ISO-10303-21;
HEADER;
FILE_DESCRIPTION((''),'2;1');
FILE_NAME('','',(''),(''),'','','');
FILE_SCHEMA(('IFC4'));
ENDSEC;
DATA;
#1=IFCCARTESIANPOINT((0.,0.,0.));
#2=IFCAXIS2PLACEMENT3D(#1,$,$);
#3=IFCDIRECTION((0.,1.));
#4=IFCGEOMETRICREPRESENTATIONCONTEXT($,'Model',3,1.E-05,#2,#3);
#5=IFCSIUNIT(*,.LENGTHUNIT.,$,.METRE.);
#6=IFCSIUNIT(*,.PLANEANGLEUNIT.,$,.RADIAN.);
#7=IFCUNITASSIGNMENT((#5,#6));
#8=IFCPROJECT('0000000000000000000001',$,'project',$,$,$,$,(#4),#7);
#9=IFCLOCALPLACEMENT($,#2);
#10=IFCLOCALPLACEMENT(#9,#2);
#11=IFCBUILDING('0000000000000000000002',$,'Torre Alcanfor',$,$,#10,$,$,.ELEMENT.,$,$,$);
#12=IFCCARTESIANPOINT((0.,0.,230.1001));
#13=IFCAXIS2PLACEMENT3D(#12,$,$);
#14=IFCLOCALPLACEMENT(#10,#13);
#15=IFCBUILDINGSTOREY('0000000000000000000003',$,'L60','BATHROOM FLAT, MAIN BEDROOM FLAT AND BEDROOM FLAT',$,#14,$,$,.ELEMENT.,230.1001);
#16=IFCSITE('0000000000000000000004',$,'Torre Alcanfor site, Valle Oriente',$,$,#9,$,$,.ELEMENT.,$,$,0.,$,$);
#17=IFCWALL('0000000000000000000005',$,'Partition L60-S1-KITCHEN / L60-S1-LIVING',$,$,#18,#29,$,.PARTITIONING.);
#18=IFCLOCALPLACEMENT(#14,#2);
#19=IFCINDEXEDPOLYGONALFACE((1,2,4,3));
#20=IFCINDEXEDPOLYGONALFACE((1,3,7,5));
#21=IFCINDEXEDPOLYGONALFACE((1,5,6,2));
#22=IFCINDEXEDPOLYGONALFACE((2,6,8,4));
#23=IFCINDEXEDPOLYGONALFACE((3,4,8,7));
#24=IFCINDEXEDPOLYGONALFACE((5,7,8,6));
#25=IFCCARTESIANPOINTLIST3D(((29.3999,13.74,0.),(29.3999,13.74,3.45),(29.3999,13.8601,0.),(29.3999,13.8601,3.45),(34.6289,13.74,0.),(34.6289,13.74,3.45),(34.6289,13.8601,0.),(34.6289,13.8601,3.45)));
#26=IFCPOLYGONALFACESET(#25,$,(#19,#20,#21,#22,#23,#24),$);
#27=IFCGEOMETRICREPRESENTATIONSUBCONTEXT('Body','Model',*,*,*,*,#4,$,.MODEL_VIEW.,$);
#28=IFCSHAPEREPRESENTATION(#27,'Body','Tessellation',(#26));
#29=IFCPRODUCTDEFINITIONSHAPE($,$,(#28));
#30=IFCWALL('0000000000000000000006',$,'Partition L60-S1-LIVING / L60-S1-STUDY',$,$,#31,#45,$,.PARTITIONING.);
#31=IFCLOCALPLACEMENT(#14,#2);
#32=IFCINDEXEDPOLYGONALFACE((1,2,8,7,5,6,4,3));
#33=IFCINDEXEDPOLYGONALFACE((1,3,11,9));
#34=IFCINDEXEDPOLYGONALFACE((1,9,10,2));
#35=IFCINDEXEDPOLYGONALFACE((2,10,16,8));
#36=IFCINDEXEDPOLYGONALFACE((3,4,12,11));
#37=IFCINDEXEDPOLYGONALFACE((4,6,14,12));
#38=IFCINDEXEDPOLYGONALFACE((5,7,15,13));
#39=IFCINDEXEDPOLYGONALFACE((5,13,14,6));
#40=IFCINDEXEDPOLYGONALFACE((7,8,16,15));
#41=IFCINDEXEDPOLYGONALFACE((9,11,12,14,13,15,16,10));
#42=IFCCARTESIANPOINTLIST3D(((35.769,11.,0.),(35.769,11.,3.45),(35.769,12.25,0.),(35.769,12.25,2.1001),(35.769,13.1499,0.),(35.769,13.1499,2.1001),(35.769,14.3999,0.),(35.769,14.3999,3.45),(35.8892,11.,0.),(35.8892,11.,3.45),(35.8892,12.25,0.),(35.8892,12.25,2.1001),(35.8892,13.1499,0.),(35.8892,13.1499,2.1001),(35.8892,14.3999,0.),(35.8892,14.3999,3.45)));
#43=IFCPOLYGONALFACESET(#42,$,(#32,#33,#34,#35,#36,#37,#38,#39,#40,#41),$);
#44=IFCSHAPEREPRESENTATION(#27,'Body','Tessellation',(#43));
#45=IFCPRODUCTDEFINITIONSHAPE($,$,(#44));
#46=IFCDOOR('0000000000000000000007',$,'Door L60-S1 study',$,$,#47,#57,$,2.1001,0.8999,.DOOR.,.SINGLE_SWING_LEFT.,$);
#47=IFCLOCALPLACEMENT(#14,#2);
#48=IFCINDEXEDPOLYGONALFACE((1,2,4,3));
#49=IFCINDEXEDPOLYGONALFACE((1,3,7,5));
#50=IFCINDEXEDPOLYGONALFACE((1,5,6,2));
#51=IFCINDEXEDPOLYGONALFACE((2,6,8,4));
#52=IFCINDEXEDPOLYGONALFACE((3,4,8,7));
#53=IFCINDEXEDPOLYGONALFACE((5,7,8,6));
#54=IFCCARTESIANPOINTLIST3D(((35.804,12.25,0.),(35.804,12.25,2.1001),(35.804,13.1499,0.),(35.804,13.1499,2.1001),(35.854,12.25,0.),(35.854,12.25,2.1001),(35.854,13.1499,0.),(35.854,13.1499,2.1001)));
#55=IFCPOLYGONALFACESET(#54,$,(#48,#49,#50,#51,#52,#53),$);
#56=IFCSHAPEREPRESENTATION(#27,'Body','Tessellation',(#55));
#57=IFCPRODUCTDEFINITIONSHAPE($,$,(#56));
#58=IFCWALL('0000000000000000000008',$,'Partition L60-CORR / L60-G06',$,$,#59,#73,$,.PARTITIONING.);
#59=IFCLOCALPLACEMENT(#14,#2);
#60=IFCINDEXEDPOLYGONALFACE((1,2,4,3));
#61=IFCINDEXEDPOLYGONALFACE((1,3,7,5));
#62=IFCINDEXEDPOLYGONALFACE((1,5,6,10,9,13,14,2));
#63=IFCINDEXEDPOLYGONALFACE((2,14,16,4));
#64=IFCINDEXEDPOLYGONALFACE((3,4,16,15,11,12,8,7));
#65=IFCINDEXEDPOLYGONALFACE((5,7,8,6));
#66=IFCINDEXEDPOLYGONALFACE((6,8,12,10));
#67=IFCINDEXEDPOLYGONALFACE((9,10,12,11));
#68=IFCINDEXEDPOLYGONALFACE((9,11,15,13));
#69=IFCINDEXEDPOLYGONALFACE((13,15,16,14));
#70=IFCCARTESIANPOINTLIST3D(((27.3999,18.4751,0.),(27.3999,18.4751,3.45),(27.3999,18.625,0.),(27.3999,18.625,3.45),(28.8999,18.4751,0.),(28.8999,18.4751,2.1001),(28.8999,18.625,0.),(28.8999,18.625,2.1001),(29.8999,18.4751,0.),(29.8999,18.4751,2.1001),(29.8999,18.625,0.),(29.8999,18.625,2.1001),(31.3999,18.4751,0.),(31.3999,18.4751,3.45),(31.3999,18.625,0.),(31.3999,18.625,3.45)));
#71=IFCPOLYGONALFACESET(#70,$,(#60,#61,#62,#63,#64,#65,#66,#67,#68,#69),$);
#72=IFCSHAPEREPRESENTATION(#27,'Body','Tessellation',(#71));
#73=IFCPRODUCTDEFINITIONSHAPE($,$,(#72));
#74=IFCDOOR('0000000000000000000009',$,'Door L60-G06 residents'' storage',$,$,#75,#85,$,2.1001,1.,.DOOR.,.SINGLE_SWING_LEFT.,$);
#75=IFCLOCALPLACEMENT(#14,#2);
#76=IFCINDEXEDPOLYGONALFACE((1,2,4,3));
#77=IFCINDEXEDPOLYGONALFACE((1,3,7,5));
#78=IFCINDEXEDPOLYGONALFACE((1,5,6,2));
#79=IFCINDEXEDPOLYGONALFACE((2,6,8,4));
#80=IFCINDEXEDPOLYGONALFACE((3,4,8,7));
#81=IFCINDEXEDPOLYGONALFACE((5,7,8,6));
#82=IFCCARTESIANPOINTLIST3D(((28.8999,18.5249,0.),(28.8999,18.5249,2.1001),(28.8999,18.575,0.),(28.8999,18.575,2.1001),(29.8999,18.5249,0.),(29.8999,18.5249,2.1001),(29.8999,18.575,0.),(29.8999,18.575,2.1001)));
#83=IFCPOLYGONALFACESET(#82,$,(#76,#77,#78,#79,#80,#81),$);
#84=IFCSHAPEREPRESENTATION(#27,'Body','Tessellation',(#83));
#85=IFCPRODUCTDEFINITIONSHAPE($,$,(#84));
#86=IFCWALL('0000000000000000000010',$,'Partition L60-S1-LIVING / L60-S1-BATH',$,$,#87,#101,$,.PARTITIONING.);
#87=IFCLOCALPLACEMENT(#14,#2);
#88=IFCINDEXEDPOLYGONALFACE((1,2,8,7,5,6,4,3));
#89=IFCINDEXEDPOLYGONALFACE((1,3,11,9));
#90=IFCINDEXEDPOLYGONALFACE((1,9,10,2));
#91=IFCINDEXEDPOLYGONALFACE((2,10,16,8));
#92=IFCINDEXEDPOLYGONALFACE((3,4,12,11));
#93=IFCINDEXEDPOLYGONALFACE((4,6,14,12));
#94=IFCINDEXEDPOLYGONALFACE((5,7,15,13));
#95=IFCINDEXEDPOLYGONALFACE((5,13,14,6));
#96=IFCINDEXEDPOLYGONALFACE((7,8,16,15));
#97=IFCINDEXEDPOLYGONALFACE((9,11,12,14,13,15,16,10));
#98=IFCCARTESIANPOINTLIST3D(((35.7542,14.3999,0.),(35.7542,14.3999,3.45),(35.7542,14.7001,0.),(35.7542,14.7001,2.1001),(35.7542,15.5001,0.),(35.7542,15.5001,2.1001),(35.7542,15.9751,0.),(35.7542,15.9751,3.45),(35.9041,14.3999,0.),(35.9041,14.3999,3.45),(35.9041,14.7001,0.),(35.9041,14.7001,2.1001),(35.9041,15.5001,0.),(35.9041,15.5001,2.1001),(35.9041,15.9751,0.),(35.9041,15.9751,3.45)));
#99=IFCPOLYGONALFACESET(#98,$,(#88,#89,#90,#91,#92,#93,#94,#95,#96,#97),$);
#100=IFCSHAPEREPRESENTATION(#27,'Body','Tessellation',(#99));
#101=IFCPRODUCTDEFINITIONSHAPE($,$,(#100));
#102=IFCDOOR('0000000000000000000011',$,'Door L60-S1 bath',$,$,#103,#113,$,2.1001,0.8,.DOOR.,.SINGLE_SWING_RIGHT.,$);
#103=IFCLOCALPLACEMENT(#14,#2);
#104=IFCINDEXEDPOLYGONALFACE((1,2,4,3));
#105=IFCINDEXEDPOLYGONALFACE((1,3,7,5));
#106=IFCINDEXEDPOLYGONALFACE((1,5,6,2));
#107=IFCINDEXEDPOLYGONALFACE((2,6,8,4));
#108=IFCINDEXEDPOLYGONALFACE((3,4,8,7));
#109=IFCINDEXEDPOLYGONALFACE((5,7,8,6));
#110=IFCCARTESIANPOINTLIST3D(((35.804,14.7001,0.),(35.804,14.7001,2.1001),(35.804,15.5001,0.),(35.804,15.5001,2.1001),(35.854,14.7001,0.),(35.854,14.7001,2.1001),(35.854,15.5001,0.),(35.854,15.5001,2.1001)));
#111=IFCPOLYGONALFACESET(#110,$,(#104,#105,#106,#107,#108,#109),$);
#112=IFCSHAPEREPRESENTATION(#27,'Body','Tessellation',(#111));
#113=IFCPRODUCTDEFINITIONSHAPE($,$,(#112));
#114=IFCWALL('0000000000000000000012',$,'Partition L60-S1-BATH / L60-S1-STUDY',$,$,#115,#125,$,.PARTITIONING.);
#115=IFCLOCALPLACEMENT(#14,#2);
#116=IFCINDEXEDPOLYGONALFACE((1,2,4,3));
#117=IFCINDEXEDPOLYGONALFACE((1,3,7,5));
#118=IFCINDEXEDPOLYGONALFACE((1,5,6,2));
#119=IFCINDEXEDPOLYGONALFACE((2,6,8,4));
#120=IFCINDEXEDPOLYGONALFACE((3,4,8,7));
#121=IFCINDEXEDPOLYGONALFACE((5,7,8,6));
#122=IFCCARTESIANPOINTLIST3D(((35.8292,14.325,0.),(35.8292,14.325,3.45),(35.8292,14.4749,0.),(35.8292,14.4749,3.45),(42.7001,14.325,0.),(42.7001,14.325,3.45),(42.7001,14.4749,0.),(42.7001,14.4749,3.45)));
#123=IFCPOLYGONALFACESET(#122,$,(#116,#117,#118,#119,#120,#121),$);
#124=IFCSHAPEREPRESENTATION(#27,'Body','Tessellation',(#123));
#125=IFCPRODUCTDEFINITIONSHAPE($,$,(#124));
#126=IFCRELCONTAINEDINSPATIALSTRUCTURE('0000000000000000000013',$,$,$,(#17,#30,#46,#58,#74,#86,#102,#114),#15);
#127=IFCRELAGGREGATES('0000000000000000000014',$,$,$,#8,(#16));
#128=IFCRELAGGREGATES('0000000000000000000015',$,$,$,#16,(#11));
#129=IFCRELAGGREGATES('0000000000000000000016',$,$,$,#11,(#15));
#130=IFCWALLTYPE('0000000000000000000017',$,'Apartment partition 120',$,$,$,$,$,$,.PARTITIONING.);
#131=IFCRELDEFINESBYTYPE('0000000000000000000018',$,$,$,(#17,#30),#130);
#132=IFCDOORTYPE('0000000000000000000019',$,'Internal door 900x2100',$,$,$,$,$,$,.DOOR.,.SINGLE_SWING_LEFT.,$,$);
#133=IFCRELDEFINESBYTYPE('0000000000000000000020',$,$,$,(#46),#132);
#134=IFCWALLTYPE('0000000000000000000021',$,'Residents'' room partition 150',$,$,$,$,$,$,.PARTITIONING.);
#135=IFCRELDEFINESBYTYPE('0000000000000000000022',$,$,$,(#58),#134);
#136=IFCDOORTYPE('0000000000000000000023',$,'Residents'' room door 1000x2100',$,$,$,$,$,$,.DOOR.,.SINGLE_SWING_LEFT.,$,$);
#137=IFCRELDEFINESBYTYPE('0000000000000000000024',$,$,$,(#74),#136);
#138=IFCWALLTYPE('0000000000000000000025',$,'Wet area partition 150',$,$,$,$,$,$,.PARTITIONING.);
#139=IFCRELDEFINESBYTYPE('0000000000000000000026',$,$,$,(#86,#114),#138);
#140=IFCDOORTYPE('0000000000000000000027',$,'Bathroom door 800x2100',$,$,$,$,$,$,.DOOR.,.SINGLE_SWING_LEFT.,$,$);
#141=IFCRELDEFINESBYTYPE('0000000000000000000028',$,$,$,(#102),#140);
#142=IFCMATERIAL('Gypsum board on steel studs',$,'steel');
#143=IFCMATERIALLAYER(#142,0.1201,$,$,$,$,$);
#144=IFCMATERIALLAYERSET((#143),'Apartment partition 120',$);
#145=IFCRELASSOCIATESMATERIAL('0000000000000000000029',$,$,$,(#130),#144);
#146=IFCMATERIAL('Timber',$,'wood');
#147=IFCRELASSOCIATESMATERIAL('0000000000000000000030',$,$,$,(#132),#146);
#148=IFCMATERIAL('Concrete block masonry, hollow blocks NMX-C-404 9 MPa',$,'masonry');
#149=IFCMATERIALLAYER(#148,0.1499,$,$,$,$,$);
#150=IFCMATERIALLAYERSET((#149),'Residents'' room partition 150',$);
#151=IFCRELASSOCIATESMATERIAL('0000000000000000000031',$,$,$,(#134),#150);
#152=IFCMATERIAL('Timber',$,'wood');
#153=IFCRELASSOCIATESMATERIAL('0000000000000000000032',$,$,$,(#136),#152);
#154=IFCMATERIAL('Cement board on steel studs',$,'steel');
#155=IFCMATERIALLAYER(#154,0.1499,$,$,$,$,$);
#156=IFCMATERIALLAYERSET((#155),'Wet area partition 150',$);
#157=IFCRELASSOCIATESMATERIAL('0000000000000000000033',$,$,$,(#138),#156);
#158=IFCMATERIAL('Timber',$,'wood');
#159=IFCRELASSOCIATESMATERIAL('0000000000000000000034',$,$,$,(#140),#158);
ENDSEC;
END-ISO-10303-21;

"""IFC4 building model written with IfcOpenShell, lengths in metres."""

from ifc_helpers import new_model, si_unit, direction, frame, frame_2d, origin, place, context, subcontext, project, spatial, rectangle, extrude, material, layer, layer_set, type_object, element, fill, save


model = new_model("IFC4")

# Units and contexts
model_context = context("Model", 3, precision=1e-05, world=origin(), true_north=direction((0.0, 1.0)))
body_context = subcontext(model_context, "Body", "Model", "MODEL_VIEW")
ifc_project = project(units=[si_unit("LENGTHUNIT", "METRE"), si_unit("PLANEANGLEUNIT", "RADIAN")], contexts=[model_context])

# Site, building, storey
site_placement = place(None, origin())
site = spatial("IfcSite", under=ifc_project, at=site_placement, Name="Torre Alcanfor site, Valle Oriente", CompositionType="ELEMENT", RefElevation=0.0)
building_placement = place(site_placement, origin())
building = spatial("IfcBuilding", under=site, at=building_placement, Name="Torre Alcanfor", CompositionType="ELEMENT")
storey_placement = place(building_placement, frame((0.0, 0.0, 230.1001)))
storey = spatial("IfcBuildingStorey", under=building, at=storey_placement, Name="L60", Description="BATHROOM FLAT, MAIN BEDROOM FLAT AND BEDROOM FLAT", CompositionType="ELEMENT", Elevation=230.1001)

# Wall
ifc_material_1 = material(Name="Gypsum board on steel studs", Category="steel")
ifc_layer_1 = layer(ifc_material_1, 0.1201)
ifc_layer_set_1 = layer_set([ifc_layer_1], Name="Apartment partition 120")
wall_type_1 = type_object("IfcWallType", Name="Apartment partition 120", PredefinedType="PARTITIONING", material=ifc_layer_set_1)
wall_1_placement = place(storey_placement, frame((34.6289, 13.8, 0.0), z_axis=(0.0, 0.0, 1.0), x_axis=(-1.0, 0.0, 0.0)))
element("IfcWall", 1, at=wall_1_placement, inside=storey, type_object=wall_type_1, Name="Partition L60-S1-KITCHEN / L60-S1-LIVING", PredefinedType="PARTITIONING", context=body_context, shape_type="SweptSolid", body=[
    extrude(rectangle(XDim=5.229, YDim=0.1201, at=frame_2d((2.6145, 0.0))), origin(), (0.0, 0.0, 1.0), 3.45),
])

# Walls, openings, doors
wall_2_placement = place(storey_placement, frame((35.8291, 14.3999, 0.0), z_axis=(0.0, 0.0, 1.0), x_axis=(0.0, -1.0, 0.0)))
wall_2 = element("IfcWall", 2, at=wall_2_placement, inside=storey, type_object=wall_type_1, Name="Partition L60-S1-LIVING / L60-S1-STUDY", PredefinedType="PARTITIONING", context=body_context, shape_type="SweptSolid", body=[
    extrude(rectangle(XDim=3.3999, YDim=0.1201, at=frame_2d((1.7, 0.0))), origin(), (0.0, 0.0, 1.0), 3.45),
])
opening_1_placement = place(wall_2_placement, frame((1.25, 0.0, 0.0)))
opening_1 = element("IfcOpeningElement", 3, at=opening_1_placement, cuts=wall_2, PredefinedType="OPENING", context=body_context, shape_type="SweptSolid", body=[
    extrude(rectangle(XDim=0.8999, YDim=2.1001, at=frame_2d((0.45, 1.05))), frame((0.0, 0.0701, 0.0), z_axis=(0.0, -1.0, 0.0), x_axis=(1.0, 0.0, 0.0)), (0.0, 0.0, 1.0), 0.1401),
])
ifc_material_2 = material(Name="Timber", Category="wood")
door_type_1 = type_object("IfcDoorType", Name="Internal door 900x2100", OperationType="SINGLE_SWING_LEFT", PredefinedType="DOOR", material=ifc_material_2)
door_1_placement = place(opening_1_placement, origin())
door_1 = element("IfcDoor", 4, at=door_1_placement, inside=storey, type_object=door_type_1, Name="Door L60-S1 study", OperationType="SINGLE_SWING_LEFT", OverallHeight=2.1001, OverallWidth=0.8999, PredefinedType="DOOR", context=body_context, shape_type="SweptSolid", body=[
    extrude(rectangle(XDim=0.8999, YDim=2.1001, at=frame_2d((0.45, 1.05))), frame((0.0, 0.0249, 0.0), z_axis=(0.0, -1.0, 0.0), x_axis=(1.0, 0.0, 0.0)), (0.0, 0.0, 1.0), 0.05),
])
fill(opening_1, door_1)
ifc_material_3 = material(Name="Concrete block masonry, hollow blocks NMX-C-404 9 MPa", Category="masonry")
ifc_layer_2 = layer(ifc_material_3, 0.1499)
ifc_layer_set_2 = layer_set([ifc_layer_2], Name="Residents' room partition 150")
wall_type_2 = type_object("IfcWallType", Name="Residents' room partition 150", PredefinedType="PARTITIONING", material=ifc_layer_set_2)
wall_3_placement = place(storey_placement, frame((27.3999, 18.55, 0.0), z_axis=(0.0, 0.0, 1.0), x_axis=(1.0, 0.0, 0.0)))
wall_3 = element("IfcWall", 5, at=wall_3_placement, inside=storey, type_object=wall_type_2, Name="Partition L60-CORR / L60-G06", PredefinedType="PARTITIONING", context=body_context, shape_type="SweptSolid", body=[
    extrude(rectangle(XDim=4.0, YDim=0.1499, at=frame_2d((2.0, 0.0))), origin(), (0.0, 0.0, 1.0), 3.45),
])
opening_2_placement = place(wall_3_placement, frame((1.5, 0.0, 0.0)))
opening_2 = element("IfcOpeningElement", 6, at=opening_2_placement, cuts=wall_3, PredefinedType="OPENING", context=body_context, shape_type="SweptSolid", body=[
    extrude(rectangle(XDim=1.0, YDim=2.1001, at=frame_2d((0.5, 1.05))), frame((0.0, 0.085, 0.0), z_axis=(0.0, -1.0, 0.0), x_axis=(1.0, 0.0, 0.0)), (0.0, 0.0, 1.0), 0.1699),
])
ifc_material_4 = material(Name="Timber", Category="wood")
door_type_2 = type_object("IfcDoorType", Name="Residents' room door 1000x2100", OperationType="SINGLE_SWING_LEFT", PredefinedType="DOOR", material=ifc_material_4)
door_2_placement = place(opening_2_placement, origin())
door_2 = element("IfcDoor", 7, at=door_2_placement, inside=storey, type_object=door_type_2, Name="Door L60-G06 residents' storage", OperationType="SINGLE_SWING_LEFT", OverallHeight=2.1001, OverallWidth=1.0, PredefinedType="DOOR", context=body_context, shape_type="SweptSolid", body=[
    extrude(rectangle(XDim=1.0, YDim=2.1001, at=frame_2d((0.5, 1.05))), frame((0.0, 0.0249, 0.0), z_axis=(0.0, -1.0, 0.0), x_axis=(1.0, 0.0, 0.0)), (0.0, 0.0, 1.0), 0.05),
])
fill(opening_2, door_2)
ifc_material_5 = material(Name="Cement board on steel studs", Category="steel")
ifc_layer_3 = layer(ifc_material_5, 0.1499)
ifc_layer_set_3 = layer_set([ifc_layer_3], Name="Wet area partition 150")
wall_type_3 = type_object("IfcWallType", Name="Wet area partition 150", PredefinedType="PARTITIONING", material=ifc_layer_set_3)
wall_4_placement = place(storey_placement, frame((35.8291, 15.9751, 0.0), z_axis=(0.0, 0.0, 1.0), x_axis=(0.0, -1.0, 0.0)))
wall_4 = element("IfcWall", 8, at=wall_4_placement, inside=storey, type_object=wall_type_3, Name="Partition L60-S1-LIVING / L60-S1-BATH", PredefinedType="PARTITIONING", context=body_context, shape_type="SweptSolid", body=[
    extrude(rectangle(XDim=1.5752, YDim=0.1499, at=frame_2d((0.7876, 0.0))), origin(), (0.0, 0.0, 1.0), 3.45),
])
opening_3_placement = place(wall_4_placement, frame((0.4751, 0.0, 0.0)))
opening_3 = element("IfcOpeningElement", 9, at=opening_3_placement, cuts=wall_4, PredefinedType="OPENING", context=body_context, shape_type="SweptSolid", body=[
    extrude(rectangle(XDim=0.8, YDim=2.1001, at=frame_2d((0.3999, 1.05))), frame((0.0, 0.085, 0.0), z_axis=(0.0, -1.0, 0.0), x_axis=(1.0, 0.0, 0.0)), (0.0, 0.0, 1.0), 0.1699),
])
ifc_material_6 = material(Name="Timber", Category="wood")
door_type_3 = type_object("IfcDoorType", Name="Bathroom door 800x2100", OperationType="SINGLE_SWING_LEFT", PredefinedType="DOOR", material=ifc_material_6)
door_3_placement = place(opening_3_placement, origin())
door_3 = element("IfcDoor", 10, at=door_3_placement, inside=storey, type_object=door_type_3, Name="Door L60-S1 bath", OperationType="SINGLE_SWING_RIGHT", OverallHeight=2.1001, OverallWidth=0.8, PredefinedType="DOOR", context=body_context, shape_type="SweptSolid", body=[
    extrude(rectangle(XDim=0.8, YDim=2.1001, at=frame_2d((0.3999, 1.05))), frame((0.0, 0.0249, 0.0), z_axis=(0.0, -1.0, 0.0), x_axis=(1.0, 0.0, 0.0)), (0.0, 0.0, 1.0), 0.05),
])
fill(opening_3, door_3)

# Wall
wall_5_placement = place(storey_placement, frame((35.8291, 14.3999, 0.0), z_axis=(0.0, 0.0, 1.0), x_axis=(1.0, 0.0, 0.0)))
element("IfcWall", 11, at=wall_5_placement, inside=storey, type_object=wall_type_3, Name="Partition L60-S1-BATH / L60-S1-STUDY", PredefinedType="PARTITIONING", context=body_context, shape_type="SweptSolid", body=[
    extrude(rectangle(XDim=6.8708, YDim=0.1499, at=frame_2d((3.4355, 0.0))), origin(), (0.0, 0.0, 1.0), 3.45),
])

save(model, "model.ifc")
